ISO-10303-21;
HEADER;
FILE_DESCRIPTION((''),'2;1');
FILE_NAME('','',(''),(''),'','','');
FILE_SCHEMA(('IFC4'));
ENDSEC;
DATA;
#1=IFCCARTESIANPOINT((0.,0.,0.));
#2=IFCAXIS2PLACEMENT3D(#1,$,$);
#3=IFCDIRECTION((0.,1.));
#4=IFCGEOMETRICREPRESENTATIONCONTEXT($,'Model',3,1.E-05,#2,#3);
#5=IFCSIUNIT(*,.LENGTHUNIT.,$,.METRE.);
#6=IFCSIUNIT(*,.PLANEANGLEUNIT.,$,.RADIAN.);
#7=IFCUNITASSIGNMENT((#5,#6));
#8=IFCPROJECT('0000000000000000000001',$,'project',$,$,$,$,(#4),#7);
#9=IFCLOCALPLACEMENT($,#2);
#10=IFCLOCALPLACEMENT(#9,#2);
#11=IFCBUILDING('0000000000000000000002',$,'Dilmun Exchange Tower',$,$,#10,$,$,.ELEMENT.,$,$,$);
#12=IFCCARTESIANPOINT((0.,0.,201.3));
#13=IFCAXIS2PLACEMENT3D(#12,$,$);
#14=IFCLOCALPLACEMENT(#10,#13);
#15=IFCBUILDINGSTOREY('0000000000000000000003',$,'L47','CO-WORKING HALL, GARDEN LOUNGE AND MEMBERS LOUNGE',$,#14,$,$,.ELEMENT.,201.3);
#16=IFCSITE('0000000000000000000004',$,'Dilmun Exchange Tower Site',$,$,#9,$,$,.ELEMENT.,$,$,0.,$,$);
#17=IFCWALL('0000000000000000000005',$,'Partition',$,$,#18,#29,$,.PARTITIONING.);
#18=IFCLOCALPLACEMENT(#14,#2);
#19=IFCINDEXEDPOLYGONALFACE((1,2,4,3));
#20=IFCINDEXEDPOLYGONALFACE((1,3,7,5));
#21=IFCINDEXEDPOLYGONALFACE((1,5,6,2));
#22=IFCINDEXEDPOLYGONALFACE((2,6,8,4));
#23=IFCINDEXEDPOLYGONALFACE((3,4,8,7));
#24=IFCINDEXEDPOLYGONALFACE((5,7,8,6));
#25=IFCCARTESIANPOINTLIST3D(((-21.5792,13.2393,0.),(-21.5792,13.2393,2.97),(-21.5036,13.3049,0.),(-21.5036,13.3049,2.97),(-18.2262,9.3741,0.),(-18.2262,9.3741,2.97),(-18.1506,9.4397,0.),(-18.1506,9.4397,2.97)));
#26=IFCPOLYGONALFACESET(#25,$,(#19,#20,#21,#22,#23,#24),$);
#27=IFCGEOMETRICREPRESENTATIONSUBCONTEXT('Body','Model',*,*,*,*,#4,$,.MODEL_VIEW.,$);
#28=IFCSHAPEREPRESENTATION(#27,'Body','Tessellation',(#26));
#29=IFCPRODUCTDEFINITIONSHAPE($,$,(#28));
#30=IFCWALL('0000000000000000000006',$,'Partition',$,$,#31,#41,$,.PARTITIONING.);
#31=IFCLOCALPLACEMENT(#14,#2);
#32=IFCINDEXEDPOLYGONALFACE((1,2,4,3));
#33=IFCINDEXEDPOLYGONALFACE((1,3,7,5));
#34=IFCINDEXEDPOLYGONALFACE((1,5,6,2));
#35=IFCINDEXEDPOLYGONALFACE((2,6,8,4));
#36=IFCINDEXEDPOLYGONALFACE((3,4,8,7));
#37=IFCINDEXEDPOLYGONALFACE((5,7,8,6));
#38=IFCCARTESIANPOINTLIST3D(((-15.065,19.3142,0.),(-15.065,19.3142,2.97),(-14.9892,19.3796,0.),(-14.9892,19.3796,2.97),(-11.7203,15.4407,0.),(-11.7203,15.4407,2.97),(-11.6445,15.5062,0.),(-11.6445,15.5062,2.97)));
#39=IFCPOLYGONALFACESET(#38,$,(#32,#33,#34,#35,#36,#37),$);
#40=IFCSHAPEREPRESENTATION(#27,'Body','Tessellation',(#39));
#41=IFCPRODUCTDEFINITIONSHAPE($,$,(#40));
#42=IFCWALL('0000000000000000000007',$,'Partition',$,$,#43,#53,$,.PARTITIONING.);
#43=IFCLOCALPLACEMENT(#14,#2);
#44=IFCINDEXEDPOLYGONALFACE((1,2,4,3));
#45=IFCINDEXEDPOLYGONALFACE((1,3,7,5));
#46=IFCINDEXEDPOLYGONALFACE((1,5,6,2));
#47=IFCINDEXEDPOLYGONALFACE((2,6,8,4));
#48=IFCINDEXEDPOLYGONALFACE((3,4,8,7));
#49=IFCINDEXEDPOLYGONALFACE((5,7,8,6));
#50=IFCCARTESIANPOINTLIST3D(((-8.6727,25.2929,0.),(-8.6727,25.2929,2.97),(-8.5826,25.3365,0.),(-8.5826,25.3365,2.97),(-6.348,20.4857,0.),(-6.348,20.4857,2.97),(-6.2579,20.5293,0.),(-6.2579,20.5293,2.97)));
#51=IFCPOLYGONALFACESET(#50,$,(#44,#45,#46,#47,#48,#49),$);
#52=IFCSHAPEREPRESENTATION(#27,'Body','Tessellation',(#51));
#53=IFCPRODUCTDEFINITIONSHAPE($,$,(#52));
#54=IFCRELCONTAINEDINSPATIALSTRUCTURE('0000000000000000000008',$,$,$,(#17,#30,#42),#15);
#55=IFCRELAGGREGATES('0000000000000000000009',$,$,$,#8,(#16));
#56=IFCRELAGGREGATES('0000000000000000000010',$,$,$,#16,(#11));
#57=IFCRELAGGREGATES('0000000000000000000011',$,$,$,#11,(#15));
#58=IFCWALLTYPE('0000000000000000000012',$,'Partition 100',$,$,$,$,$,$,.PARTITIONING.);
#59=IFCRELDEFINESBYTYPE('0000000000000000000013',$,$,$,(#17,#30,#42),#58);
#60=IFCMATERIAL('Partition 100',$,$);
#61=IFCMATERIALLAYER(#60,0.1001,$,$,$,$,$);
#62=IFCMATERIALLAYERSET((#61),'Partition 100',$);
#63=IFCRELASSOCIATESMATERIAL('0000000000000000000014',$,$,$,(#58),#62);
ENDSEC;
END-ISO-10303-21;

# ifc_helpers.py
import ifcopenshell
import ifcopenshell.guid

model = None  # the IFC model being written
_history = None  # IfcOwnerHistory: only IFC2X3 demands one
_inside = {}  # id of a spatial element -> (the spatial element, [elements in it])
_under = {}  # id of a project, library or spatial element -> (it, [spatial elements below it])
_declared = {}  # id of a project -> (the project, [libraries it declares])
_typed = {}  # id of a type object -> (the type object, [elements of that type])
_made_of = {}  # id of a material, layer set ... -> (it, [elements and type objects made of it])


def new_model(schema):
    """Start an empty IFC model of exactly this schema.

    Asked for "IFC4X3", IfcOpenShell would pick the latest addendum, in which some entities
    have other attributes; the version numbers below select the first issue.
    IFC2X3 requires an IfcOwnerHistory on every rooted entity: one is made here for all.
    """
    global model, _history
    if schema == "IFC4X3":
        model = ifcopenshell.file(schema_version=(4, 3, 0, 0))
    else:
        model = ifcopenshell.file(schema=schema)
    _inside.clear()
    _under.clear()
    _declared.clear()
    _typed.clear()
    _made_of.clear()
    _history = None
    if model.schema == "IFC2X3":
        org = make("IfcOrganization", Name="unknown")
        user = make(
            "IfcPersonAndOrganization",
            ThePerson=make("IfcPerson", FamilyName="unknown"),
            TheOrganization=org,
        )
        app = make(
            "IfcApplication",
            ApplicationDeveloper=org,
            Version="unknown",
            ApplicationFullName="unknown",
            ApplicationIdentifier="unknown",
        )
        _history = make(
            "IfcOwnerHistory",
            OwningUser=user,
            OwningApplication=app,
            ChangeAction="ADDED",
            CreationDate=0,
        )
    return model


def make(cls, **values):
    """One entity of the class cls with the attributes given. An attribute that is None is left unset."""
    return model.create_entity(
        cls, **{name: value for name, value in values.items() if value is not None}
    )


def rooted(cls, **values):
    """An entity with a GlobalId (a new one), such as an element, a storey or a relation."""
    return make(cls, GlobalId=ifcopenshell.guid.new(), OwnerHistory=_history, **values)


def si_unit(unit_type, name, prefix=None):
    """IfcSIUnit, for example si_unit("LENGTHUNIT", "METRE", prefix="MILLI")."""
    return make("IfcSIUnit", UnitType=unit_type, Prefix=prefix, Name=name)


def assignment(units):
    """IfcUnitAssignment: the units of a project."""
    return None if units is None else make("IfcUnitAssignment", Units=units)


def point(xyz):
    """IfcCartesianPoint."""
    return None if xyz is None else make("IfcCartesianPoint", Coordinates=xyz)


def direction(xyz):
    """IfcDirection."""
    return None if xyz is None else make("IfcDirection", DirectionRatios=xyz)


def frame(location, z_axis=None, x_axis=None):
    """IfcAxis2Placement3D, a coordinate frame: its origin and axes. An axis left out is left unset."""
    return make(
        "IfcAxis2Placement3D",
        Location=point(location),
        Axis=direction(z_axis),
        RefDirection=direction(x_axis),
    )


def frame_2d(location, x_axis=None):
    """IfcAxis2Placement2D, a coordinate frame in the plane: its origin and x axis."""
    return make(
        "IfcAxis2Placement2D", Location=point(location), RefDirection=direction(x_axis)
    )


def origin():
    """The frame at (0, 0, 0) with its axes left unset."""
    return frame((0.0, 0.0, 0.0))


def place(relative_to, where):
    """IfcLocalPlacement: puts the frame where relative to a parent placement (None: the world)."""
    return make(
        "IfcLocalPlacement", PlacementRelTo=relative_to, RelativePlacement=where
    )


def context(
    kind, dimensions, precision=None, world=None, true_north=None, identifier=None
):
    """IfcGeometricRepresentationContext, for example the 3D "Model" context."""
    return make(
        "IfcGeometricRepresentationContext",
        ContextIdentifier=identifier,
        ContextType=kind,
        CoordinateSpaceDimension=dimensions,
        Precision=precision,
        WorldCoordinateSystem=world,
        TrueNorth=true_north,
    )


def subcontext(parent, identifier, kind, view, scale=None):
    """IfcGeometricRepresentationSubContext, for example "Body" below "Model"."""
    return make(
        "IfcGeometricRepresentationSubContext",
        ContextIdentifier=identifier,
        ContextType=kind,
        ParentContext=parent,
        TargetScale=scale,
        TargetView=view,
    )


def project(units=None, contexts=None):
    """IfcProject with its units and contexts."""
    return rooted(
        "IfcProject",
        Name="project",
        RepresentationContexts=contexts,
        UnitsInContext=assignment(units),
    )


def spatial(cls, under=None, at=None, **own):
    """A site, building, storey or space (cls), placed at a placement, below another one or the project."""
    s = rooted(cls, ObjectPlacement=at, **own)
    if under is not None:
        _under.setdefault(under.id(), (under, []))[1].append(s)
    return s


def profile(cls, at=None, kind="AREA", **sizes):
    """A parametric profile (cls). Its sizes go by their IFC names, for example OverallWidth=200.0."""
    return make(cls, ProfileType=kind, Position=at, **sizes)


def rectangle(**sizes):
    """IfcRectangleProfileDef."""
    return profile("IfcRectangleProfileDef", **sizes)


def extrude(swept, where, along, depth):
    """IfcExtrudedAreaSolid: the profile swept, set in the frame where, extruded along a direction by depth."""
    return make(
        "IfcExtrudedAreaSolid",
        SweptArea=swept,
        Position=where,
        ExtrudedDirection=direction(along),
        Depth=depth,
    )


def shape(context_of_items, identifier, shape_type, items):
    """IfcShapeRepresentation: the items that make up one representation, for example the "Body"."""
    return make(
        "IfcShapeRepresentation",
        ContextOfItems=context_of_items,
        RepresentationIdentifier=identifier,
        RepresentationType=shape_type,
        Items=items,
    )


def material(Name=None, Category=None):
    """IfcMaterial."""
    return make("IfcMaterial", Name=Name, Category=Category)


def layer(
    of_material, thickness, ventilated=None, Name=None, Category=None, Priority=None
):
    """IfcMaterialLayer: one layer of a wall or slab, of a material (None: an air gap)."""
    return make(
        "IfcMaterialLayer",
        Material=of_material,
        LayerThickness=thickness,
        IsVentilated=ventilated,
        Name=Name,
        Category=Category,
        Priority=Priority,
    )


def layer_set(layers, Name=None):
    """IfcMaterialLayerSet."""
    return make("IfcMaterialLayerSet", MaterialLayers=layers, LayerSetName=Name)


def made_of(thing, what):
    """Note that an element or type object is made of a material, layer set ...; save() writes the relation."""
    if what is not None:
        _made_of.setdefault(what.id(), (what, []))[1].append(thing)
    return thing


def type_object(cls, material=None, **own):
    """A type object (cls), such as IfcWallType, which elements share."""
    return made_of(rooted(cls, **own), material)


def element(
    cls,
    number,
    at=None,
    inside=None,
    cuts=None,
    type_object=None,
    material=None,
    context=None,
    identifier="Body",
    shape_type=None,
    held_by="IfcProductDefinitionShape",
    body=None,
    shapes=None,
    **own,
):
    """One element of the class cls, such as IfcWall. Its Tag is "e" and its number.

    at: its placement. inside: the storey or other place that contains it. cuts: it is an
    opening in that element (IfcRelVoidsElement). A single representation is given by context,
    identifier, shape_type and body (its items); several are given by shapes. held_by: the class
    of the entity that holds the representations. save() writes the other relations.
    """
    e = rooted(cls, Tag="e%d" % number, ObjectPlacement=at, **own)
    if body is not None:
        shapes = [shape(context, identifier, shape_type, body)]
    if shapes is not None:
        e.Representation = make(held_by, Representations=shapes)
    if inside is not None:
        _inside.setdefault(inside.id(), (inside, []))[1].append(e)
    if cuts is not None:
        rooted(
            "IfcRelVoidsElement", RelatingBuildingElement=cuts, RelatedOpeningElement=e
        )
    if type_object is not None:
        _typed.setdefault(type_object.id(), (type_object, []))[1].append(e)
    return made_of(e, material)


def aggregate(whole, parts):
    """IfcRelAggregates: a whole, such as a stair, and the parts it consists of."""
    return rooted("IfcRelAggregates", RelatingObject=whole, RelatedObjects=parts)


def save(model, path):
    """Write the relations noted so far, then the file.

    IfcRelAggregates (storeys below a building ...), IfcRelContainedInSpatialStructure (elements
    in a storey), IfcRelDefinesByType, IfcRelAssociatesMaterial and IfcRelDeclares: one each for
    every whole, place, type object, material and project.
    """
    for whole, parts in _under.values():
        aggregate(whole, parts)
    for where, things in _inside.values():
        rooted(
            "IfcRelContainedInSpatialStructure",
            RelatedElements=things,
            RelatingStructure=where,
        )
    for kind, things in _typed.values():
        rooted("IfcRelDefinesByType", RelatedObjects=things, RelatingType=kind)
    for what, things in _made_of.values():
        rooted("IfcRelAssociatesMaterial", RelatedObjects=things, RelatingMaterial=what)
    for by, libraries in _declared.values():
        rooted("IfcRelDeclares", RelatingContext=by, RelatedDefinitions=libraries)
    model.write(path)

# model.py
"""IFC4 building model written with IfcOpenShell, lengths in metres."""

from ifc_helpers import new_model, si_unit, direction, frame, frame_2d, origin, place, context, subcontext, project, spatial, rectangle, extrude, material, layer, layer_set, type_object, element, save


model = new_model("IFC4")

# Units and contexts
model_context = context("Model", 3, precision=1e-05, world=origin(), true_north=direction((0.0, 1.0)))
body_context = subcontext(model_context, "Body", "Model", "MODEL_VIEW")
ifc_project = project(units=[si_unit("LENGTHUNIT", "METRE"), si_unit("PLANEANGLEUNIT", "RADIAN")], contexts=[model_context])

# Site, building, storey
site_placement = place(None, origin())
site = spatial("IfcSite", under=ifc_project, at=site_placement, Name="Dilmun Exchange Tower Site", CompositionType="ELEMENT", RefElevation=0.0)
building_placement = place(site_placement, origin())
building = spatial("IfcBuilding", under=site, at=building_placement, Name="Dilmun Exchange Tower", CompositionType="ELEMENT")
storey_placement = place(building_placement, frame((0.0, 0.0, 201.3)))
storey = spatial("IfcBuildingStorey", under=building, at=storey_placement, Name="L47", Description="CO-WORKING HALL, GARDEN LOUNGE AND MEMBERS LOUNGE", CompositionType="ELEMENT", Elevation=201.3)

# Walls
ifc_material_1 = material(Name="Partition 100")
ifc_layer_1 = layer(ifc_material_1, 0.1001)
ifc_layer_set_1 = layer_set([ifc_layer_1], Name="Partition 100")
wall_type_1 = type_object("IfcWallType", Name="Partition 100", PredefinedType="PARTITIONING", material=ifc_layer_set_1)
wall_1_placement = place(storey_placement, frame((-21.5415, 13.2722, 0.0), z_axis=(0.0, 0.0, 1.0), x_axis=(0.655283, -0.755384, 0.0)))
element("IfcWall", 1, at=wall_1_placement, inside=storey, type_object=wall_type_1, Name="Partition", PredefinedType="PARTITIONING", context=body_context, shape_type="SweptSolid", body=[
    extrude(rectangle(XDim=5.1169, YDim=0.1001, at=frame_2d((2.5586, 0.0))), origin(), (0.0, 0.0, 1.0), 2.97),
])
wall_2_placement = place(storey_placement, frame((-15.0271, 19.3469, 0.0), z_axis=(0.0, 0.0, 1.0), x_axis=(0.653553, -0.756881, 0.0)))
element("IfcWall", 2, at=wall_2_placement, inside=storey, type_object=wall_type_1, Name="Partition", PredefinedType="PARTITIONING", context=body_context, shape_type="SweptSolid", body=[
    extrude(rectangle(XDim=5.1177, YDim=0.1001, at=frame_2d((2.5588, 0.0))), origin(), (0.0, 0.0, 1.0), 2.97),
])
wall_3_placement = place(storey_placement, frame((-8.6277, 25.3147, 0.0), z_axis=(0.0, 0.0, 1.0), x_axis=(0.43536, -0.900256, 0.0)))
element("IfcWall", 3, at=wall_3_placement, inside=storey, type_object=wall_type_1, Name="Partition", PredefinedType="PARTITIONING", context=body_context, shape_type="SweptSolid", body=[
    extrude(rectangle(XDim=5.3398, YDim=0.1001, at=frame_2d((2.6699, 0.0))), origin(), (0.0, 0.0, 1.0), 2.97),
])

save(model, "model.ifc")
